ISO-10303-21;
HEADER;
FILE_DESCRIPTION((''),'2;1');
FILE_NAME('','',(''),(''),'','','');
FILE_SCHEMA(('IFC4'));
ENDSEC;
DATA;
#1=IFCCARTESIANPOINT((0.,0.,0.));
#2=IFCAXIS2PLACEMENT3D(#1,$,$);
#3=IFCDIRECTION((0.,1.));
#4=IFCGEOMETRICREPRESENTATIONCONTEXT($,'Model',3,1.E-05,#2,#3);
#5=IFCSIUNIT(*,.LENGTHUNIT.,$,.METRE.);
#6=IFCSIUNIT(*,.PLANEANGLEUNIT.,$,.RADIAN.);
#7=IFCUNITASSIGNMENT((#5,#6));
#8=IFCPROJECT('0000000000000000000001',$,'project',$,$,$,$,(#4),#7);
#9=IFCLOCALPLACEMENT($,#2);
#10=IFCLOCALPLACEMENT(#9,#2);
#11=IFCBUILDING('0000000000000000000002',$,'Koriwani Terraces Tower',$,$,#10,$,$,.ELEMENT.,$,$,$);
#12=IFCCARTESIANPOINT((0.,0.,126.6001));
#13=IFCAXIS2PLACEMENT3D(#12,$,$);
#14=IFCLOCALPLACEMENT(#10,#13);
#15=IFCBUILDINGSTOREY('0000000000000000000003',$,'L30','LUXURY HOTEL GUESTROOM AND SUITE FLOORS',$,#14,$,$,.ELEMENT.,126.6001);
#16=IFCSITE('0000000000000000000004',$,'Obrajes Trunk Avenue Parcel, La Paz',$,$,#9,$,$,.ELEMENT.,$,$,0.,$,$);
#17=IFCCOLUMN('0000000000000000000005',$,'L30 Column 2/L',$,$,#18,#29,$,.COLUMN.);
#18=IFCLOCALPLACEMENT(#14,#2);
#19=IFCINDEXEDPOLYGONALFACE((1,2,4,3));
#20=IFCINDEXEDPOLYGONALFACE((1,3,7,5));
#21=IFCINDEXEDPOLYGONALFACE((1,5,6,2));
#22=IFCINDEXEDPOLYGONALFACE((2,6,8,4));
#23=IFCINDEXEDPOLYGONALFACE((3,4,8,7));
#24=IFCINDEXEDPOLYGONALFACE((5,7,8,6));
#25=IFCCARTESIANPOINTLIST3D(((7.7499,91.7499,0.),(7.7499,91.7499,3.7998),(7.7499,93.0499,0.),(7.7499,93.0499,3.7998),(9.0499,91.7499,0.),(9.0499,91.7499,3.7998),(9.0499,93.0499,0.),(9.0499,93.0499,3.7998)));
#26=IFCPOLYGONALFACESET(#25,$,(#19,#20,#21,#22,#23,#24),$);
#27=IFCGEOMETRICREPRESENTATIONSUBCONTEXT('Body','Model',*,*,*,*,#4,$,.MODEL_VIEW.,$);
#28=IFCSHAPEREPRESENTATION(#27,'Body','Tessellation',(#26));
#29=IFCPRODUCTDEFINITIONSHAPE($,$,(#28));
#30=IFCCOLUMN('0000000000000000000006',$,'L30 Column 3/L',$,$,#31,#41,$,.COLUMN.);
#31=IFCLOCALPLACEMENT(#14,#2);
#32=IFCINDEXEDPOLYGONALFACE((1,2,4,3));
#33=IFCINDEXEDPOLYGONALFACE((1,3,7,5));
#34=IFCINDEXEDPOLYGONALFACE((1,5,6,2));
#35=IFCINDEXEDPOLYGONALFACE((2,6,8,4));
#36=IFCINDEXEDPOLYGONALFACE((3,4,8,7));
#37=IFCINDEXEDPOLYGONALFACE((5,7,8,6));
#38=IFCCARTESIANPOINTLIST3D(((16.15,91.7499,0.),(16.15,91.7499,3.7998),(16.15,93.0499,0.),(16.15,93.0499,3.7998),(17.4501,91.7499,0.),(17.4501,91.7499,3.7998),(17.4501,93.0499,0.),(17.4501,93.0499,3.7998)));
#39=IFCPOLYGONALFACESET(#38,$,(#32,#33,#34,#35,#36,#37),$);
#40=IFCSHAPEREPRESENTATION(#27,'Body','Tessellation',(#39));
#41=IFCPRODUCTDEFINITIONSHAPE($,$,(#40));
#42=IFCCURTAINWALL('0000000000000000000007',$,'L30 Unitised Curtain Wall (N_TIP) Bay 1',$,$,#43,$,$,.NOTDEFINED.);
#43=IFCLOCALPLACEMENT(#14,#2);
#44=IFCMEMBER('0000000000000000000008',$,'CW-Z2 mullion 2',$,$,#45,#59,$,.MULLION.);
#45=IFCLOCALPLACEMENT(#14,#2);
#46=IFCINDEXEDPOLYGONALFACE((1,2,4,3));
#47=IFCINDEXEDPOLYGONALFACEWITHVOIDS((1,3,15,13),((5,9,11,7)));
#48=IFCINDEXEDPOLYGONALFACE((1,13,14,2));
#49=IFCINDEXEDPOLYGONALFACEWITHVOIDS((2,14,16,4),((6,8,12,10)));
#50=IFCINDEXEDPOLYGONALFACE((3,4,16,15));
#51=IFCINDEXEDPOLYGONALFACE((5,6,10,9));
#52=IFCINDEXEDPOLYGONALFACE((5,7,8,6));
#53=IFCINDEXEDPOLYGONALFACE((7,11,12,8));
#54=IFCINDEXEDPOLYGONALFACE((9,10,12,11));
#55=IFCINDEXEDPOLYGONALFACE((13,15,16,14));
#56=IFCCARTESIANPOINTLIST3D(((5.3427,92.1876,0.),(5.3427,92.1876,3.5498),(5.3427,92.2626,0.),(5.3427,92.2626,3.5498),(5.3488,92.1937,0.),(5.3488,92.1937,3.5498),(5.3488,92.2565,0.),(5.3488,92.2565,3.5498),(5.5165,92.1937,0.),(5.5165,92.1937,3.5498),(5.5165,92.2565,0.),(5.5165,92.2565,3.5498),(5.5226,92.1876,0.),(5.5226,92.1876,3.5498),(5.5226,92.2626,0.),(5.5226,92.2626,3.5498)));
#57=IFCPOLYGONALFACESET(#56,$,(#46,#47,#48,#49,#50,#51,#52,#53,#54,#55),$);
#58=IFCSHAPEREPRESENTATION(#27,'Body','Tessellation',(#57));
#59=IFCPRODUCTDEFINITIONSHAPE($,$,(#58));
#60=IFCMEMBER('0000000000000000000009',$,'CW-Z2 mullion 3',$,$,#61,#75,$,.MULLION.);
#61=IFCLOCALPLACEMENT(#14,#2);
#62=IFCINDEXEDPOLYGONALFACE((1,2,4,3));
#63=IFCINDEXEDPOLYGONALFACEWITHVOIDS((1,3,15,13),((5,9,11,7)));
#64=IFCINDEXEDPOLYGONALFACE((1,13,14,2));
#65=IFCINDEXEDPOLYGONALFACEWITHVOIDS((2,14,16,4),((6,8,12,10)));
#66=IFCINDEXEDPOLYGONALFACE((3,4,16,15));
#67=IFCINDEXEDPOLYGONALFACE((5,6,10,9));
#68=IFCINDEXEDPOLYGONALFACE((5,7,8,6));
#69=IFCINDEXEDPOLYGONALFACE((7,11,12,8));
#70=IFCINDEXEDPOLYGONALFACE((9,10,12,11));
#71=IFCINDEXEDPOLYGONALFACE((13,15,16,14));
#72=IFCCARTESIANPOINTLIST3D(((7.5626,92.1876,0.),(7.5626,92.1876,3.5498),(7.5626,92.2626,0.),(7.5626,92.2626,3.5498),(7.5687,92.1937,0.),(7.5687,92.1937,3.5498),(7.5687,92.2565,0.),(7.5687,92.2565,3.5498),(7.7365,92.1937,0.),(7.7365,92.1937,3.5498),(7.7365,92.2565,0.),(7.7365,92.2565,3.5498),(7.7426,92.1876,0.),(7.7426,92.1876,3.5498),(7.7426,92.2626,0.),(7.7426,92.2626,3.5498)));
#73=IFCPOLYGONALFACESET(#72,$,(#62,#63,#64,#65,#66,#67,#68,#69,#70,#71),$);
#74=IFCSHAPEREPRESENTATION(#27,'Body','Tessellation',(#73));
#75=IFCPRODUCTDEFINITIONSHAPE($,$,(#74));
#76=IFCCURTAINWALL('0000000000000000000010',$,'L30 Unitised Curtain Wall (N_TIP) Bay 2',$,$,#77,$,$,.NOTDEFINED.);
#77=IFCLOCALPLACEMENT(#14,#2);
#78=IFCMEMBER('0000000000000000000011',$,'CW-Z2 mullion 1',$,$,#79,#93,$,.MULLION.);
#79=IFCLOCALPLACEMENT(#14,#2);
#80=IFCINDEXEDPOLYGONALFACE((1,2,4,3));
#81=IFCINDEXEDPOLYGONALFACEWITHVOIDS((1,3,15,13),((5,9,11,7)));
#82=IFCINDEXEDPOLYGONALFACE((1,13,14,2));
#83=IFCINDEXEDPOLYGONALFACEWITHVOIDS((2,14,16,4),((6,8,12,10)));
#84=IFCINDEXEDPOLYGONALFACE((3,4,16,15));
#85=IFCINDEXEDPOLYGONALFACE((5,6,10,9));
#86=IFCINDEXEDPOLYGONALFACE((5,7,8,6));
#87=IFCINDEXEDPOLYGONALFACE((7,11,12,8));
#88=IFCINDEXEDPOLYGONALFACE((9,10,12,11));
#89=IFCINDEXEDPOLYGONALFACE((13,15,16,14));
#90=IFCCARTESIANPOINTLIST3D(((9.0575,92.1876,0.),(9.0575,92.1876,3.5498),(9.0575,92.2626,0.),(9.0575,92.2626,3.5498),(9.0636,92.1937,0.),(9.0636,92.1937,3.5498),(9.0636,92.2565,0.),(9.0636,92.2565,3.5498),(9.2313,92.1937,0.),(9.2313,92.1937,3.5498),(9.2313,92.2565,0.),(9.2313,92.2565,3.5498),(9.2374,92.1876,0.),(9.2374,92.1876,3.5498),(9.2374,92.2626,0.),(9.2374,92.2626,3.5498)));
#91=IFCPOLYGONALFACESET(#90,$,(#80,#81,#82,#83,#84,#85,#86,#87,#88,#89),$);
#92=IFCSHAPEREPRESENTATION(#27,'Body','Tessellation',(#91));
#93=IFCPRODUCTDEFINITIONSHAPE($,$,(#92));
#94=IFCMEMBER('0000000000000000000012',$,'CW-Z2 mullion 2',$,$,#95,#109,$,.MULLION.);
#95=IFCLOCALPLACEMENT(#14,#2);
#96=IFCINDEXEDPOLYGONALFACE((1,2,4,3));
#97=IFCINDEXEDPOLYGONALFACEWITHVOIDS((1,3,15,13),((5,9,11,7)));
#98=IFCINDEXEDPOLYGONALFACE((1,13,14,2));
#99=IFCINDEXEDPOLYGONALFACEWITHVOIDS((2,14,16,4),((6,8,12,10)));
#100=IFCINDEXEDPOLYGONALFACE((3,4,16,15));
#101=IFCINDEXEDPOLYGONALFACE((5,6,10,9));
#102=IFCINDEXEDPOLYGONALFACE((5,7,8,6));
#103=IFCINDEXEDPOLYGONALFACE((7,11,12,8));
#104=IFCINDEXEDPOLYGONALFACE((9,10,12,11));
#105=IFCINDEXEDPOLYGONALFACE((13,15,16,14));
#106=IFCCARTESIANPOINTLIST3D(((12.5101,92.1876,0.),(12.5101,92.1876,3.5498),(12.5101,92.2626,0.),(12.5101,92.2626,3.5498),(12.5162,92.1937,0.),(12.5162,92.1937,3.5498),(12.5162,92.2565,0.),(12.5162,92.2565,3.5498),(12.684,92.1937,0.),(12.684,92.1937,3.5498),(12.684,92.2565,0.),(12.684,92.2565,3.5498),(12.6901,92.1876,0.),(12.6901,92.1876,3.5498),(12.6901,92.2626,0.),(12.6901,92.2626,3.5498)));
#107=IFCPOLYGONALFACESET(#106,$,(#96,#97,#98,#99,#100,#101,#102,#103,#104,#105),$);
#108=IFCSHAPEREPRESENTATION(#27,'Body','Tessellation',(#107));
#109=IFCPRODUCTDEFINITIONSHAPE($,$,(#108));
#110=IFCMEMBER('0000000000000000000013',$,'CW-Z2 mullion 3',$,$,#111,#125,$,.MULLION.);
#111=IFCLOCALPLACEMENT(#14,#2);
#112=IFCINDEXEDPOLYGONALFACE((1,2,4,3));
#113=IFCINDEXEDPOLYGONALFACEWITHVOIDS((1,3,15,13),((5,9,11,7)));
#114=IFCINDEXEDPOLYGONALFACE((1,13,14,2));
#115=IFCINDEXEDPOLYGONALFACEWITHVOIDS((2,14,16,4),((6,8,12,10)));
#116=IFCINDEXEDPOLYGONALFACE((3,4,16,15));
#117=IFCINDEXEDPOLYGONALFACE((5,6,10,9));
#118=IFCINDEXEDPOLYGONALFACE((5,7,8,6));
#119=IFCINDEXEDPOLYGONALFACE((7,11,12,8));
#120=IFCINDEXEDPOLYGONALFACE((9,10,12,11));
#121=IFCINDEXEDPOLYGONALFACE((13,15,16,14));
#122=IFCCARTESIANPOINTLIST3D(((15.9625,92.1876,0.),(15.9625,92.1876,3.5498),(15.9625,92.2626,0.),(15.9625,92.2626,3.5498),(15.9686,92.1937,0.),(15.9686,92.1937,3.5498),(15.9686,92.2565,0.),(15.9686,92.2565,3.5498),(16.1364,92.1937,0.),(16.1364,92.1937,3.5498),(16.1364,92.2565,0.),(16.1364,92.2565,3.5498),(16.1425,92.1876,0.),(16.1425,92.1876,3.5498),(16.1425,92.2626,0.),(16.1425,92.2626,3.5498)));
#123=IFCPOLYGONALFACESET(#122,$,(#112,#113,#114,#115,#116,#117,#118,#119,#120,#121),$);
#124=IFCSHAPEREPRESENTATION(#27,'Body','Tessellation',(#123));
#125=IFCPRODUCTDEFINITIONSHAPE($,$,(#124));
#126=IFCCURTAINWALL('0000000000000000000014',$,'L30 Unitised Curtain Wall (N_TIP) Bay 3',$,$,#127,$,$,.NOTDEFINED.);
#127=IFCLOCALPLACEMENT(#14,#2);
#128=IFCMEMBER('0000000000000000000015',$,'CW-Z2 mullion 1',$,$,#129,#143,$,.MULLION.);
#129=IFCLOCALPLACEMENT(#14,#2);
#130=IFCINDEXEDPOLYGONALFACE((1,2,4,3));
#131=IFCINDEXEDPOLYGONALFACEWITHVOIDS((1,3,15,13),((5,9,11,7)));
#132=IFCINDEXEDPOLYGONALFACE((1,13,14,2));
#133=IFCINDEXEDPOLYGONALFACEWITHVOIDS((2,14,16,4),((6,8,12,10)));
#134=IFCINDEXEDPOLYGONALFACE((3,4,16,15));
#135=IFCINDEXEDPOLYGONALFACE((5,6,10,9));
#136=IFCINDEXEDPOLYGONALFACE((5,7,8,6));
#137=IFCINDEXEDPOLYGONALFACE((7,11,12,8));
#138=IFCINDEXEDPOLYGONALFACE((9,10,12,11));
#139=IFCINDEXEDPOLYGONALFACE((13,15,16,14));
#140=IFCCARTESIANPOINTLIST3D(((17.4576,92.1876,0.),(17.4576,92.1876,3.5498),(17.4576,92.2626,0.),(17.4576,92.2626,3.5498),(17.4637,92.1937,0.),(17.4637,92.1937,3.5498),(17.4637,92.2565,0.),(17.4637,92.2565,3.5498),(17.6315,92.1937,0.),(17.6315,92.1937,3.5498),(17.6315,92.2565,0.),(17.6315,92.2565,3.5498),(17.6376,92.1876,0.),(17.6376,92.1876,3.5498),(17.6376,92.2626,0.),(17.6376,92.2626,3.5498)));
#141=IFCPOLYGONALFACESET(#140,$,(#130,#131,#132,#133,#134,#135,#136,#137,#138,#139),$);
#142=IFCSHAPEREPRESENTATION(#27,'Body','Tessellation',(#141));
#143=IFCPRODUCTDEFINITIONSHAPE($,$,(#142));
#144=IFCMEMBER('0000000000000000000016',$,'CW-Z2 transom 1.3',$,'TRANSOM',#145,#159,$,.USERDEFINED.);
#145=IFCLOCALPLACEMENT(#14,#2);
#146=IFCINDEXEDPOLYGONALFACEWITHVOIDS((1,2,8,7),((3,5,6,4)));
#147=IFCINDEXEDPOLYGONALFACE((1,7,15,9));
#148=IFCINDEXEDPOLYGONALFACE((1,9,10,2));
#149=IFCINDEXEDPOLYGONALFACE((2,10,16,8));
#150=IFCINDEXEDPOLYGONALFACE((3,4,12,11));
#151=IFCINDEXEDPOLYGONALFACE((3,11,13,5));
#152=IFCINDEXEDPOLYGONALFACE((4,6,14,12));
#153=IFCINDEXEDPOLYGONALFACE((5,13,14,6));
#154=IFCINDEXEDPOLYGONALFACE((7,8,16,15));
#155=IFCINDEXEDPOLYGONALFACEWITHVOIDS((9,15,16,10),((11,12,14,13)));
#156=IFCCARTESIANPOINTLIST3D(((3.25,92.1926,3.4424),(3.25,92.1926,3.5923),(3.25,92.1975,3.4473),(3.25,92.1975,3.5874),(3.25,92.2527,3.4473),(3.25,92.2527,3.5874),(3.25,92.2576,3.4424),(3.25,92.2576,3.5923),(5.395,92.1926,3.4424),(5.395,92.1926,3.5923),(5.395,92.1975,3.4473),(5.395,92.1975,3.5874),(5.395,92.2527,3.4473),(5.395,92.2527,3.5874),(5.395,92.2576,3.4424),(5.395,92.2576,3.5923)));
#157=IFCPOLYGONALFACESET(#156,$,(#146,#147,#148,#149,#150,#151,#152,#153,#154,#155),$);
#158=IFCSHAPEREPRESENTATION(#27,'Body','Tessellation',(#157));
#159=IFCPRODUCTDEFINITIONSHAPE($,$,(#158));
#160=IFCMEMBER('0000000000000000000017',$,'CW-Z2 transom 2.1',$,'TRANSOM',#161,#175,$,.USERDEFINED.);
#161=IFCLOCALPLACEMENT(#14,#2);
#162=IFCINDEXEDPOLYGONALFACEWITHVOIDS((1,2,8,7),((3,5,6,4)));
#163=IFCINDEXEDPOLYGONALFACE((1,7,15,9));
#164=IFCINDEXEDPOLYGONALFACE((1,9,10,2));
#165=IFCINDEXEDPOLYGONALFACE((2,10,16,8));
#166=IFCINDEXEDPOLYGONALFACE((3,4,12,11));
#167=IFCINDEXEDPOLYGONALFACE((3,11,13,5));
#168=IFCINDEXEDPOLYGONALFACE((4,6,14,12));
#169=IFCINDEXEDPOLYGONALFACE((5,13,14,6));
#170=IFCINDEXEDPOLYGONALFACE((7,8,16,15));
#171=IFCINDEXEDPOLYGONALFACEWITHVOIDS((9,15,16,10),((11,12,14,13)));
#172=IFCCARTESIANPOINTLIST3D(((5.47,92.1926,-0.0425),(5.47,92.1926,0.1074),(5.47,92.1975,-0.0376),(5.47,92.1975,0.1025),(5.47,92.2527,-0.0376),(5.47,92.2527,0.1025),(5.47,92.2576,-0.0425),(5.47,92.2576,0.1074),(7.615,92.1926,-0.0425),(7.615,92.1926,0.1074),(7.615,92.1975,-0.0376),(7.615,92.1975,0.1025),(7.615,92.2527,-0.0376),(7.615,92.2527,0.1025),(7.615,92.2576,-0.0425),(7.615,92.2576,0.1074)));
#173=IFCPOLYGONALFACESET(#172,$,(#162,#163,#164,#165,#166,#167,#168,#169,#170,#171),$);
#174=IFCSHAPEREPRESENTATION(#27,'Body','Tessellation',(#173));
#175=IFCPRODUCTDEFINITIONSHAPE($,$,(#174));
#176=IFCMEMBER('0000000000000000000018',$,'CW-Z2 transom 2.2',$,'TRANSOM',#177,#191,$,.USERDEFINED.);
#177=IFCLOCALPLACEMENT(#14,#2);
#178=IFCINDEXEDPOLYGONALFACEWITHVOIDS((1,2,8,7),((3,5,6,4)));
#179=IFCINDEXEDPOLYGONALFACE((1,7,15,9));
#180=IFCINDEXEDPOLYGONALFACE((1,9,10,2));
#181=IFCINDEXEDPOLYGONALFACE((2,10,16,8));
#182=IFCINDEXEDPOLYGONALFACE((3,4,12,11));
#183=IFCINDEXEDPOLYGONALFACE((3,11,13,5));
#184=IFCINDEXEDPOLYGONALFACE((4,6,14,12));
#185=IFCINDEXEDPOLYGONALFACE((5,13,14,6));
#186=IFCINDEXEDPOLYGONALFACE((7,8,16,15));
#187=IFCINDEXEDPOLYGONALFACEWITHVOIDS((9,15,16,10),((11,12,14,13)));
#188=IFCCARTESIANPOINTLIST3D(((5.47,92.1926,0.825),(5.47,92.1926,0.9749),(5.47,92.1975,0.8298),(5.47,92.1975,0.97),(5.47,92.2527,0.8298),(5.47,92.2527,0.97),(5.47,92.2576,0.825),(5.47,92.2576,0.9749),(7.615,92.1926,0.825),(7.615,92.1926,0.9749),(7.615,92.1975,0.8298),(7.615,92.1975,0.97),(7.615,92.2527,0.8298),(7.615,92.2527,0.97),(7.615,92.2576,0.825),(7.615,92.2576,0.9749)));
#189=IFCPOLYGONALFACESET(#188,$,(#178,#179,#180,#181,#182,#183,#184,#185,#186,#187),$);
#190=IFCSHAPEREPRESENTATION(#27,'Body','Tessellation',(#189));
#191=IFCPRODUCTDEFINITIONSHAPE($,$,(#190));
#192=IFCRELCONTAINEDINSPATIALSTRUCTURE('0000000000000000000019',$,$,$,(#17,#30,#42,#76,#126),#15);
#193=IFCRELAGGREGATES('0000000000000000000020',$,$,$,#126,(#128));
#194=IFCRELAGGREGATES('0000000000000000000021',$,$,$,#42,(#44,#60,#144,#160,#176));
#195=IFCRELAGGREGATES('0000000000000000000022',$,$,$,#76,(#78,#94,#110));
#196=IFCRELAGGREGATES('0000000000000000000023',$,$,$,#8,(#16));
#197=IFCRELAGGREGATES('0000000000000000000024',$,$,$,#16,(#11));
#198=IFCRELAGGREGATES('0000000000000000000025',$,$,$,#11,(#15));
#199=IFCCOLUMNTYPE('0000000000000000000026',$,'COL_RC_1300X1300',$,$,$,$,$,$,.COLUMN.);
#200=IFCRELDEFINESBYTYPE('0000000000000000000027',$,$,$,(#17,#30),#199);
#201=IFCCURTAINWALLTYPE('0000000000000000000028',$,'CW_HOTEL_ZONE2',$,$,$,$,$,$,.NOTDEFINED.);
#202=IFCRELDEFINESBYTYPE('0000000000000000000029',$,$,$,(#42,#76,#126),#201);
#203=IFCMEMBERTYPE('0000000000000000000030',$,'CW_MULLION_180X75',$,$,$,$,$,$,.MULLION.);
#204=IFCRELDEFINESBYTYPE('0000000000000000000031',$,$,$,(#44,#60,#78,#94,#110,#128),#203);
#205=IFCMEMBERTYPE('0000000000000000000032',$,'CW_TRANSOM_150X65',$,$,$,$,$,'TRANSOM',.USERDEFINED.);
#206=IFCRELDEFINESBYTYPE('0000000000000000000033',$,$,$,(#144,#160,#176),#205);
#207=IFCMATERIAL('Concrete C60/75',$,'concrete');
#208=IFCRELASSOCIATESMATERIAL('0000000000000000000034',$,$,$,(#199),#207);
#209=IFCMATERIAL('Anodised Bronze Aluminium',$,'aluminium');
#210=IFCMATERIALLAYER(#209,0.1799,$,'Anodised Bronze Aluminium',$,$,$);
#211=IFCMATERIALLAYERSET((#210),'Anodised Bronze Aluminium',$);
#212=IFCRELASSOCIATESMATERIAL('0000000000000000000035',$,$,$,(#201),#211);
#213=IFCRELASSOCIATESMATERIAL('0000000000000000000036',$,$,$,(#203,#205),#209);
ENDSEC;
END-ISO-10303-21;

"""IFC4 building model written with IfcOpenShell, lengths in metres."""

from ifc_helpers import new_model, si_unit, direction, frame, origin, origin_2d, place, context, subcontext, project, spatial, rectangle, hollow_rectangle, extrude, material, layer, layer_set, material_profile, profile_set, type_object, element, aggregate, save


model = new_model("IFC4")

# Units and contexts
model_context = context("Model", 3, precision=1e-05, world=origin(), true_north=direction((0.0, 1.0)))
body_context = subcontext(model_context, "Body", "Model", "MODEL_VIEW")
ifc_project = project(units=[si_unit("LENGTHUNIT", "METRE"), si_unit("PLANEANGLEUNIT", "RADIAN")], contexts=[model_context])

# Site, building, storey
site_placement = place(None, origin())
site = spatial("IfcSite", under=ifc_project, at=site_placement, Name="Obrajes Trunk Avenue Parcel, La Paz", CompositionType="ELEMENT", RefElevation=0.0)
building_placement = place(site_placement, origin())
building = spatial("IfcBuilding", under=site, at=building_placement, Name="Koriwani Terraces Tower", CompositionType="ELEMENT")
storey_placement = place(building_placement, frame((0.0, 0.0, 126.6001)))
storey = spatial("IfcBuildingStorey", under=building, at=storey_placement, Name="L30", Description="LUXURY HOTEL GUESTROOM AND SUITE FLOORS", CompositionType="ELEMENT", Elevation=126.6001)

# Columns
ifc_material_1 = material(Name="Concrete C60/75", Category="concrete")
ifc_material_profile_1 = material_profile(ifc_material_1, rectangle(XDim=1.3, YDim=1.3, at=origin_2d()), Name="Concrete C60/75", Category="LoadBearing")
ifc_profile_set_1 = profile_set([ifc_material_profile_1], Name="Concrete C60/75")
column_type = type_object("IfcColumnType", Name="COL_RC_1300X1300", PredefinedType="COLUMN", material=ifc_profile_set_1)
for number, where, z_axis, x_axis, name in (
    (1, (8.3999, 92.3999, 0.0), (0.0, 0.0, 1.0), (1.0, 0.0, 0.0), "L30 Column 2/L"),
    (2, (16.8, 92.3999, 0.0), (0.0, 0.0, 1.0), (1.0, 0.0, 0.0), "L30 Column 3/L"),
):
    element("IfcColumn", number, at=place(storey_placement, frame(where, z_axis=z_axis, x_axis=x_axis)), inside=storey, type_object=column_type, Name=name, PredefinedType="COLUMN", context=body_context, shape_type="SweptSolid", body=[
        extrude(rectangle(XDim=1.3, YDim=1.3, at=origin_2d()), origin(), (0.0, 0.0, 1.0), 3.7998),
    ])

# Curtain walls, members
ifc_material_2 = material(Name="Anodised Bronze Aluminium", Category="aluminium")
ifc_layer_1 = layer(ifc_material_2, 0.1799, Name="Anodised Bronze Aluminium")
ifc_layer_set_1 = layer_set([ifc_layer_1], Name="Anodised Bronze Aluminium")
curtain_wall_type = type_object("IfcCurtainWallType", Name="CW_HOTEL_ZONE2", PredefinedType="NOTDEFINED", material=ifc_layer_set_1)
curtain_wall_1_placement = place(storey_placement, origin())
curtain_wall_1 = element("IfcCurtainWall", 3, at=curtain_wall_1_placement, inside=storey, type_object=curtain_wall_type, Name="L30 Unitised Curtain Wall (N_TIP) Bay 1", PredefinedType="NOTDEFINED")
ifc_material_profile_2 = material_profile(ifc_material_2, hollow_rectangle(XDim=0.075, YDim=0.1799, WallThickness=0.0061, at=origin_2d()), Name="Anodised Bronze Aluminium", Category="LoadBearing")
ifc_profile_set_2 = profile_set([ifc_material_profile_2], Name="Anodised Bronze Aluminium")
member_type_1 = type_object("IfcMemberType", Name="CW_MULLION_180X75", PredefinedType="MULLION", material=ifc_profile_set_2)
member_1_placement = place(storey_placement, frame((5.4326, 92.2251, 0.0), z_axis=(0.0, 0.0, 1.0), x_axis=(0.0, 1.0, 0.0)))
member_1 = element("IfcMember", 4, at=member_1_placement, type_object=member_type_1, Name="CW-Z2 mullion 2", PredefinedType="MULLION", context=body_context, shape_type="SweptSolid", body=[
    extrude(hollow_rectangle(XDim=0.075, YDim=0.1799, WallThickness=0.0061, at=origin_2d()), origin(), (0.0, 0.0, 1.0), 3.5498),
])
member_2_placement = place(storey_placement, frame((7.6526, 92.2251, 0.0), z_axis=(0.0, 0.0, 1.0), x_axis=(0.0, 1.0, 0.0)))
member_2 = element("IfcMember", 5, at=member_2_placement, type_object=member_type_1, Name="CW-Z2 mullion 3", PredefinedType="MULLION", context=body_context, shape_type="SweptSolid", body=[
    extrude(hollow_rectangle(XDim=0.075, YDim=0.1799, WallThickness=0.0061, at=origin_2d()), origin(), (0.0, 0.0, 1.0), 3.5498),
])
curtain_wall_2_placement = place(storey_placement, origin())
curtain_wall_2 = element("IfcCurtainWall", 6, at=curtain_wall_2_placement, inside=storey, type_object=curtain_wall_type, Name="L30 Unitised Curtain Wall (N_TIP) Bay 2", PredefinedType="NOTDEFINED")
member_3_placement = place(storey_placement, frame((9.1475, 92.2251, 0.0), z_axis=(0.0, 0.0, 1.0), x_axis=(0.0, 1.0, 0.0)))
member_3 = element("IfcMember", 7, at=member_3_placement, type_object=member_type_1, Name="CW-Z2 mullion 1", PredefinedType="MULLION", context=body_context, shape_type="SweptSolid", body=[
    extrude(hollow_rectangle(XDim=0.075, YDim=0.1799, WallThickness=0.0061, at=origin_2d()), origin(), (0.0, 0.0, 1.0), 3.5498),
])
member_4_placement = place(storey_placement, frame((12.6001, 92.2251, 0.0), z_axis=(0.0, 0.0, 1.0), x_axis=(0.0, 1.0, 0.0)))
member_4 = element("IfcMember", 8, at=member_4_placement, type_object=member_type_1, Name="CW-Z2 mullion 2", PredefinedType="MULLION", context=body_context, shape_type="SweptSolid", body=[
    extrude(hollow_rectangle(XDim=0.075, YDim=0.1799, WallThickness=0.0061, at=origin_2d()), origin(), (0.0, 0.0, 1.0), 3.5498),
])
member_5_placement = place(storey_placement, frame((16.0525, 92.2251, 0.0), z_axis=(0.0, 0.0, 1.0), x_axis=(0.0, 1.0, 0.0)))
member_5 = element("IfcMember", 9, at=member_5_placement, type_object=member_type_1, Name="CW-Z2 mullion 3", PredefinedType="MULLION", context=body_context, shape_type="SweptSolid", body=[
    extrude(hollow_rectangle(XDim=0.075, YDim=0.1799, WallThickness=0.0061, at=origin_2d()), origin(), (0.0, 0.0, 1.0), 3.5498),
])

# Curtain wall, member
curtain_wall_3_placement = place(storey_placement, origin())
curtain_wall_3 = element("IfcCurtainWall", 10, at=curtain_wall_3_placement, inside=storey, type_object=curtain_wall_type, Name="L30 Unitised Curtain Wall (N_TIP) Bay 3", PredefinedType="NOTDEFINED")
member_6_placement = place(storey_placement, frame((17.5476, 92.2251, 0.0), z_axis=(0.0, 0.0, 1.0), x_axis=(0.0, 1.0, 0.0)))
member_6 = element("IfcMember", 11, at=member_6_placement, type_object=member_type_1, Name="CW-Z2 mullion 1", PredefinedType="MULLION", context=body_context, shape_type="SweptSolid", body=[
    extrude(hollow_rectangle(XDim=0.075, YDim=0.1799, WallThickness=0.0061, at=origin_2d()), origin(), (0.0, 0.0, 1.0), 3.5498),
])

# Members
ifc_material_profile_3 = material_profile(ifc_material_2, hollow_rectangle(XDim=0.0649, YDim=0.1499, WallThickness=0.0049, at=origin_2d()), Name="Anodised Bronze Aluminium", Category="LoadBearing")
ifc_profile_set_3 = profile_set([ifc_material_profile_3], Name="Anodised Bronze Aluminium")
member_type_2 = type_object("IfcMemberType", Name="CW_TRANSOM_150X65", ElementType="TRANSOM", PredefinedType="USERDEFINED", material=ifc_profile_set_3)
member_7_placement = place(storey_placement, frame((3.25, 92.2251, 3.5173), z_axis=(1.0, 0.0, 0.0), x_axis=(0.0, 1.0, 0.0)))
member_7 = element("IfcMember", 12, at=member_7_placement, type_object=member_type_2, Name="CW-Z2 transom 1.3", ObjectType="TRANSOM", PredefinedType="USERDEFINED", context=body_context, shape_type="SweptSolid", body=[
    extrude(hollow_rectangle(XDim=0.0649, YDim=0.1499, WallThickness=0.0049, at=origin_2d()), origin(), (0.0, 0.0, 1.0), 2.145),
])
member_8_placement = place(storey_placement, frame((5.47, 92.2251, 0.0325), z_axis=(1.0, 0.0, 0.0), x_axis=(0.0, 1.0, 0.0)))
member_8 = element("IfcMember", 13, at=member_8_placement, type_object=member_type_2, Name="CW-Z2 transom 2.1", ObjectType="TRANSOM", PredefinedType="USERDEFINED", context=body_context, shape_type="SweptSolid", body=[
    extrude(hollow_rectangle(XDim=0.0649, YDim=0.1499, WallThickness=0.0049, at=origin_2d()), origin(), (0.0, 0.0, 1.0), 2.145),
])
member_9_placement = place(storey_placement, frame((5.47, 92.2251, 0.8999), z_axis=(1.0, 0.0, 0.0), x_axis=(0.0, 1.0, 0.0)))
member_9 = element("IfcMember", 14, at=member_9_placement, type_object=member_type_2, Name="CW-Z2 transom 2.2", ObjectType="TRANSOM", PredefinedType="USERDEFINED", context=body_context, shape_type="SweptSolid", body=[
    extrude(hollow_rectangle(XDim=0.0649, YDim=0.1499, WallThickness=0.0049, at=origin_2d()), origin(), (0.0, 0.0, 1.0), 2.145),
])
aggregate(curtain_wall_3, [member_6])

aggregate(curtain_wall_1, [member_1, member_2, member_7, member_8, member_9])
aggregate(curtain_wall_2, [member_3, member_4, member_5])

save(model, "model.ifc")
